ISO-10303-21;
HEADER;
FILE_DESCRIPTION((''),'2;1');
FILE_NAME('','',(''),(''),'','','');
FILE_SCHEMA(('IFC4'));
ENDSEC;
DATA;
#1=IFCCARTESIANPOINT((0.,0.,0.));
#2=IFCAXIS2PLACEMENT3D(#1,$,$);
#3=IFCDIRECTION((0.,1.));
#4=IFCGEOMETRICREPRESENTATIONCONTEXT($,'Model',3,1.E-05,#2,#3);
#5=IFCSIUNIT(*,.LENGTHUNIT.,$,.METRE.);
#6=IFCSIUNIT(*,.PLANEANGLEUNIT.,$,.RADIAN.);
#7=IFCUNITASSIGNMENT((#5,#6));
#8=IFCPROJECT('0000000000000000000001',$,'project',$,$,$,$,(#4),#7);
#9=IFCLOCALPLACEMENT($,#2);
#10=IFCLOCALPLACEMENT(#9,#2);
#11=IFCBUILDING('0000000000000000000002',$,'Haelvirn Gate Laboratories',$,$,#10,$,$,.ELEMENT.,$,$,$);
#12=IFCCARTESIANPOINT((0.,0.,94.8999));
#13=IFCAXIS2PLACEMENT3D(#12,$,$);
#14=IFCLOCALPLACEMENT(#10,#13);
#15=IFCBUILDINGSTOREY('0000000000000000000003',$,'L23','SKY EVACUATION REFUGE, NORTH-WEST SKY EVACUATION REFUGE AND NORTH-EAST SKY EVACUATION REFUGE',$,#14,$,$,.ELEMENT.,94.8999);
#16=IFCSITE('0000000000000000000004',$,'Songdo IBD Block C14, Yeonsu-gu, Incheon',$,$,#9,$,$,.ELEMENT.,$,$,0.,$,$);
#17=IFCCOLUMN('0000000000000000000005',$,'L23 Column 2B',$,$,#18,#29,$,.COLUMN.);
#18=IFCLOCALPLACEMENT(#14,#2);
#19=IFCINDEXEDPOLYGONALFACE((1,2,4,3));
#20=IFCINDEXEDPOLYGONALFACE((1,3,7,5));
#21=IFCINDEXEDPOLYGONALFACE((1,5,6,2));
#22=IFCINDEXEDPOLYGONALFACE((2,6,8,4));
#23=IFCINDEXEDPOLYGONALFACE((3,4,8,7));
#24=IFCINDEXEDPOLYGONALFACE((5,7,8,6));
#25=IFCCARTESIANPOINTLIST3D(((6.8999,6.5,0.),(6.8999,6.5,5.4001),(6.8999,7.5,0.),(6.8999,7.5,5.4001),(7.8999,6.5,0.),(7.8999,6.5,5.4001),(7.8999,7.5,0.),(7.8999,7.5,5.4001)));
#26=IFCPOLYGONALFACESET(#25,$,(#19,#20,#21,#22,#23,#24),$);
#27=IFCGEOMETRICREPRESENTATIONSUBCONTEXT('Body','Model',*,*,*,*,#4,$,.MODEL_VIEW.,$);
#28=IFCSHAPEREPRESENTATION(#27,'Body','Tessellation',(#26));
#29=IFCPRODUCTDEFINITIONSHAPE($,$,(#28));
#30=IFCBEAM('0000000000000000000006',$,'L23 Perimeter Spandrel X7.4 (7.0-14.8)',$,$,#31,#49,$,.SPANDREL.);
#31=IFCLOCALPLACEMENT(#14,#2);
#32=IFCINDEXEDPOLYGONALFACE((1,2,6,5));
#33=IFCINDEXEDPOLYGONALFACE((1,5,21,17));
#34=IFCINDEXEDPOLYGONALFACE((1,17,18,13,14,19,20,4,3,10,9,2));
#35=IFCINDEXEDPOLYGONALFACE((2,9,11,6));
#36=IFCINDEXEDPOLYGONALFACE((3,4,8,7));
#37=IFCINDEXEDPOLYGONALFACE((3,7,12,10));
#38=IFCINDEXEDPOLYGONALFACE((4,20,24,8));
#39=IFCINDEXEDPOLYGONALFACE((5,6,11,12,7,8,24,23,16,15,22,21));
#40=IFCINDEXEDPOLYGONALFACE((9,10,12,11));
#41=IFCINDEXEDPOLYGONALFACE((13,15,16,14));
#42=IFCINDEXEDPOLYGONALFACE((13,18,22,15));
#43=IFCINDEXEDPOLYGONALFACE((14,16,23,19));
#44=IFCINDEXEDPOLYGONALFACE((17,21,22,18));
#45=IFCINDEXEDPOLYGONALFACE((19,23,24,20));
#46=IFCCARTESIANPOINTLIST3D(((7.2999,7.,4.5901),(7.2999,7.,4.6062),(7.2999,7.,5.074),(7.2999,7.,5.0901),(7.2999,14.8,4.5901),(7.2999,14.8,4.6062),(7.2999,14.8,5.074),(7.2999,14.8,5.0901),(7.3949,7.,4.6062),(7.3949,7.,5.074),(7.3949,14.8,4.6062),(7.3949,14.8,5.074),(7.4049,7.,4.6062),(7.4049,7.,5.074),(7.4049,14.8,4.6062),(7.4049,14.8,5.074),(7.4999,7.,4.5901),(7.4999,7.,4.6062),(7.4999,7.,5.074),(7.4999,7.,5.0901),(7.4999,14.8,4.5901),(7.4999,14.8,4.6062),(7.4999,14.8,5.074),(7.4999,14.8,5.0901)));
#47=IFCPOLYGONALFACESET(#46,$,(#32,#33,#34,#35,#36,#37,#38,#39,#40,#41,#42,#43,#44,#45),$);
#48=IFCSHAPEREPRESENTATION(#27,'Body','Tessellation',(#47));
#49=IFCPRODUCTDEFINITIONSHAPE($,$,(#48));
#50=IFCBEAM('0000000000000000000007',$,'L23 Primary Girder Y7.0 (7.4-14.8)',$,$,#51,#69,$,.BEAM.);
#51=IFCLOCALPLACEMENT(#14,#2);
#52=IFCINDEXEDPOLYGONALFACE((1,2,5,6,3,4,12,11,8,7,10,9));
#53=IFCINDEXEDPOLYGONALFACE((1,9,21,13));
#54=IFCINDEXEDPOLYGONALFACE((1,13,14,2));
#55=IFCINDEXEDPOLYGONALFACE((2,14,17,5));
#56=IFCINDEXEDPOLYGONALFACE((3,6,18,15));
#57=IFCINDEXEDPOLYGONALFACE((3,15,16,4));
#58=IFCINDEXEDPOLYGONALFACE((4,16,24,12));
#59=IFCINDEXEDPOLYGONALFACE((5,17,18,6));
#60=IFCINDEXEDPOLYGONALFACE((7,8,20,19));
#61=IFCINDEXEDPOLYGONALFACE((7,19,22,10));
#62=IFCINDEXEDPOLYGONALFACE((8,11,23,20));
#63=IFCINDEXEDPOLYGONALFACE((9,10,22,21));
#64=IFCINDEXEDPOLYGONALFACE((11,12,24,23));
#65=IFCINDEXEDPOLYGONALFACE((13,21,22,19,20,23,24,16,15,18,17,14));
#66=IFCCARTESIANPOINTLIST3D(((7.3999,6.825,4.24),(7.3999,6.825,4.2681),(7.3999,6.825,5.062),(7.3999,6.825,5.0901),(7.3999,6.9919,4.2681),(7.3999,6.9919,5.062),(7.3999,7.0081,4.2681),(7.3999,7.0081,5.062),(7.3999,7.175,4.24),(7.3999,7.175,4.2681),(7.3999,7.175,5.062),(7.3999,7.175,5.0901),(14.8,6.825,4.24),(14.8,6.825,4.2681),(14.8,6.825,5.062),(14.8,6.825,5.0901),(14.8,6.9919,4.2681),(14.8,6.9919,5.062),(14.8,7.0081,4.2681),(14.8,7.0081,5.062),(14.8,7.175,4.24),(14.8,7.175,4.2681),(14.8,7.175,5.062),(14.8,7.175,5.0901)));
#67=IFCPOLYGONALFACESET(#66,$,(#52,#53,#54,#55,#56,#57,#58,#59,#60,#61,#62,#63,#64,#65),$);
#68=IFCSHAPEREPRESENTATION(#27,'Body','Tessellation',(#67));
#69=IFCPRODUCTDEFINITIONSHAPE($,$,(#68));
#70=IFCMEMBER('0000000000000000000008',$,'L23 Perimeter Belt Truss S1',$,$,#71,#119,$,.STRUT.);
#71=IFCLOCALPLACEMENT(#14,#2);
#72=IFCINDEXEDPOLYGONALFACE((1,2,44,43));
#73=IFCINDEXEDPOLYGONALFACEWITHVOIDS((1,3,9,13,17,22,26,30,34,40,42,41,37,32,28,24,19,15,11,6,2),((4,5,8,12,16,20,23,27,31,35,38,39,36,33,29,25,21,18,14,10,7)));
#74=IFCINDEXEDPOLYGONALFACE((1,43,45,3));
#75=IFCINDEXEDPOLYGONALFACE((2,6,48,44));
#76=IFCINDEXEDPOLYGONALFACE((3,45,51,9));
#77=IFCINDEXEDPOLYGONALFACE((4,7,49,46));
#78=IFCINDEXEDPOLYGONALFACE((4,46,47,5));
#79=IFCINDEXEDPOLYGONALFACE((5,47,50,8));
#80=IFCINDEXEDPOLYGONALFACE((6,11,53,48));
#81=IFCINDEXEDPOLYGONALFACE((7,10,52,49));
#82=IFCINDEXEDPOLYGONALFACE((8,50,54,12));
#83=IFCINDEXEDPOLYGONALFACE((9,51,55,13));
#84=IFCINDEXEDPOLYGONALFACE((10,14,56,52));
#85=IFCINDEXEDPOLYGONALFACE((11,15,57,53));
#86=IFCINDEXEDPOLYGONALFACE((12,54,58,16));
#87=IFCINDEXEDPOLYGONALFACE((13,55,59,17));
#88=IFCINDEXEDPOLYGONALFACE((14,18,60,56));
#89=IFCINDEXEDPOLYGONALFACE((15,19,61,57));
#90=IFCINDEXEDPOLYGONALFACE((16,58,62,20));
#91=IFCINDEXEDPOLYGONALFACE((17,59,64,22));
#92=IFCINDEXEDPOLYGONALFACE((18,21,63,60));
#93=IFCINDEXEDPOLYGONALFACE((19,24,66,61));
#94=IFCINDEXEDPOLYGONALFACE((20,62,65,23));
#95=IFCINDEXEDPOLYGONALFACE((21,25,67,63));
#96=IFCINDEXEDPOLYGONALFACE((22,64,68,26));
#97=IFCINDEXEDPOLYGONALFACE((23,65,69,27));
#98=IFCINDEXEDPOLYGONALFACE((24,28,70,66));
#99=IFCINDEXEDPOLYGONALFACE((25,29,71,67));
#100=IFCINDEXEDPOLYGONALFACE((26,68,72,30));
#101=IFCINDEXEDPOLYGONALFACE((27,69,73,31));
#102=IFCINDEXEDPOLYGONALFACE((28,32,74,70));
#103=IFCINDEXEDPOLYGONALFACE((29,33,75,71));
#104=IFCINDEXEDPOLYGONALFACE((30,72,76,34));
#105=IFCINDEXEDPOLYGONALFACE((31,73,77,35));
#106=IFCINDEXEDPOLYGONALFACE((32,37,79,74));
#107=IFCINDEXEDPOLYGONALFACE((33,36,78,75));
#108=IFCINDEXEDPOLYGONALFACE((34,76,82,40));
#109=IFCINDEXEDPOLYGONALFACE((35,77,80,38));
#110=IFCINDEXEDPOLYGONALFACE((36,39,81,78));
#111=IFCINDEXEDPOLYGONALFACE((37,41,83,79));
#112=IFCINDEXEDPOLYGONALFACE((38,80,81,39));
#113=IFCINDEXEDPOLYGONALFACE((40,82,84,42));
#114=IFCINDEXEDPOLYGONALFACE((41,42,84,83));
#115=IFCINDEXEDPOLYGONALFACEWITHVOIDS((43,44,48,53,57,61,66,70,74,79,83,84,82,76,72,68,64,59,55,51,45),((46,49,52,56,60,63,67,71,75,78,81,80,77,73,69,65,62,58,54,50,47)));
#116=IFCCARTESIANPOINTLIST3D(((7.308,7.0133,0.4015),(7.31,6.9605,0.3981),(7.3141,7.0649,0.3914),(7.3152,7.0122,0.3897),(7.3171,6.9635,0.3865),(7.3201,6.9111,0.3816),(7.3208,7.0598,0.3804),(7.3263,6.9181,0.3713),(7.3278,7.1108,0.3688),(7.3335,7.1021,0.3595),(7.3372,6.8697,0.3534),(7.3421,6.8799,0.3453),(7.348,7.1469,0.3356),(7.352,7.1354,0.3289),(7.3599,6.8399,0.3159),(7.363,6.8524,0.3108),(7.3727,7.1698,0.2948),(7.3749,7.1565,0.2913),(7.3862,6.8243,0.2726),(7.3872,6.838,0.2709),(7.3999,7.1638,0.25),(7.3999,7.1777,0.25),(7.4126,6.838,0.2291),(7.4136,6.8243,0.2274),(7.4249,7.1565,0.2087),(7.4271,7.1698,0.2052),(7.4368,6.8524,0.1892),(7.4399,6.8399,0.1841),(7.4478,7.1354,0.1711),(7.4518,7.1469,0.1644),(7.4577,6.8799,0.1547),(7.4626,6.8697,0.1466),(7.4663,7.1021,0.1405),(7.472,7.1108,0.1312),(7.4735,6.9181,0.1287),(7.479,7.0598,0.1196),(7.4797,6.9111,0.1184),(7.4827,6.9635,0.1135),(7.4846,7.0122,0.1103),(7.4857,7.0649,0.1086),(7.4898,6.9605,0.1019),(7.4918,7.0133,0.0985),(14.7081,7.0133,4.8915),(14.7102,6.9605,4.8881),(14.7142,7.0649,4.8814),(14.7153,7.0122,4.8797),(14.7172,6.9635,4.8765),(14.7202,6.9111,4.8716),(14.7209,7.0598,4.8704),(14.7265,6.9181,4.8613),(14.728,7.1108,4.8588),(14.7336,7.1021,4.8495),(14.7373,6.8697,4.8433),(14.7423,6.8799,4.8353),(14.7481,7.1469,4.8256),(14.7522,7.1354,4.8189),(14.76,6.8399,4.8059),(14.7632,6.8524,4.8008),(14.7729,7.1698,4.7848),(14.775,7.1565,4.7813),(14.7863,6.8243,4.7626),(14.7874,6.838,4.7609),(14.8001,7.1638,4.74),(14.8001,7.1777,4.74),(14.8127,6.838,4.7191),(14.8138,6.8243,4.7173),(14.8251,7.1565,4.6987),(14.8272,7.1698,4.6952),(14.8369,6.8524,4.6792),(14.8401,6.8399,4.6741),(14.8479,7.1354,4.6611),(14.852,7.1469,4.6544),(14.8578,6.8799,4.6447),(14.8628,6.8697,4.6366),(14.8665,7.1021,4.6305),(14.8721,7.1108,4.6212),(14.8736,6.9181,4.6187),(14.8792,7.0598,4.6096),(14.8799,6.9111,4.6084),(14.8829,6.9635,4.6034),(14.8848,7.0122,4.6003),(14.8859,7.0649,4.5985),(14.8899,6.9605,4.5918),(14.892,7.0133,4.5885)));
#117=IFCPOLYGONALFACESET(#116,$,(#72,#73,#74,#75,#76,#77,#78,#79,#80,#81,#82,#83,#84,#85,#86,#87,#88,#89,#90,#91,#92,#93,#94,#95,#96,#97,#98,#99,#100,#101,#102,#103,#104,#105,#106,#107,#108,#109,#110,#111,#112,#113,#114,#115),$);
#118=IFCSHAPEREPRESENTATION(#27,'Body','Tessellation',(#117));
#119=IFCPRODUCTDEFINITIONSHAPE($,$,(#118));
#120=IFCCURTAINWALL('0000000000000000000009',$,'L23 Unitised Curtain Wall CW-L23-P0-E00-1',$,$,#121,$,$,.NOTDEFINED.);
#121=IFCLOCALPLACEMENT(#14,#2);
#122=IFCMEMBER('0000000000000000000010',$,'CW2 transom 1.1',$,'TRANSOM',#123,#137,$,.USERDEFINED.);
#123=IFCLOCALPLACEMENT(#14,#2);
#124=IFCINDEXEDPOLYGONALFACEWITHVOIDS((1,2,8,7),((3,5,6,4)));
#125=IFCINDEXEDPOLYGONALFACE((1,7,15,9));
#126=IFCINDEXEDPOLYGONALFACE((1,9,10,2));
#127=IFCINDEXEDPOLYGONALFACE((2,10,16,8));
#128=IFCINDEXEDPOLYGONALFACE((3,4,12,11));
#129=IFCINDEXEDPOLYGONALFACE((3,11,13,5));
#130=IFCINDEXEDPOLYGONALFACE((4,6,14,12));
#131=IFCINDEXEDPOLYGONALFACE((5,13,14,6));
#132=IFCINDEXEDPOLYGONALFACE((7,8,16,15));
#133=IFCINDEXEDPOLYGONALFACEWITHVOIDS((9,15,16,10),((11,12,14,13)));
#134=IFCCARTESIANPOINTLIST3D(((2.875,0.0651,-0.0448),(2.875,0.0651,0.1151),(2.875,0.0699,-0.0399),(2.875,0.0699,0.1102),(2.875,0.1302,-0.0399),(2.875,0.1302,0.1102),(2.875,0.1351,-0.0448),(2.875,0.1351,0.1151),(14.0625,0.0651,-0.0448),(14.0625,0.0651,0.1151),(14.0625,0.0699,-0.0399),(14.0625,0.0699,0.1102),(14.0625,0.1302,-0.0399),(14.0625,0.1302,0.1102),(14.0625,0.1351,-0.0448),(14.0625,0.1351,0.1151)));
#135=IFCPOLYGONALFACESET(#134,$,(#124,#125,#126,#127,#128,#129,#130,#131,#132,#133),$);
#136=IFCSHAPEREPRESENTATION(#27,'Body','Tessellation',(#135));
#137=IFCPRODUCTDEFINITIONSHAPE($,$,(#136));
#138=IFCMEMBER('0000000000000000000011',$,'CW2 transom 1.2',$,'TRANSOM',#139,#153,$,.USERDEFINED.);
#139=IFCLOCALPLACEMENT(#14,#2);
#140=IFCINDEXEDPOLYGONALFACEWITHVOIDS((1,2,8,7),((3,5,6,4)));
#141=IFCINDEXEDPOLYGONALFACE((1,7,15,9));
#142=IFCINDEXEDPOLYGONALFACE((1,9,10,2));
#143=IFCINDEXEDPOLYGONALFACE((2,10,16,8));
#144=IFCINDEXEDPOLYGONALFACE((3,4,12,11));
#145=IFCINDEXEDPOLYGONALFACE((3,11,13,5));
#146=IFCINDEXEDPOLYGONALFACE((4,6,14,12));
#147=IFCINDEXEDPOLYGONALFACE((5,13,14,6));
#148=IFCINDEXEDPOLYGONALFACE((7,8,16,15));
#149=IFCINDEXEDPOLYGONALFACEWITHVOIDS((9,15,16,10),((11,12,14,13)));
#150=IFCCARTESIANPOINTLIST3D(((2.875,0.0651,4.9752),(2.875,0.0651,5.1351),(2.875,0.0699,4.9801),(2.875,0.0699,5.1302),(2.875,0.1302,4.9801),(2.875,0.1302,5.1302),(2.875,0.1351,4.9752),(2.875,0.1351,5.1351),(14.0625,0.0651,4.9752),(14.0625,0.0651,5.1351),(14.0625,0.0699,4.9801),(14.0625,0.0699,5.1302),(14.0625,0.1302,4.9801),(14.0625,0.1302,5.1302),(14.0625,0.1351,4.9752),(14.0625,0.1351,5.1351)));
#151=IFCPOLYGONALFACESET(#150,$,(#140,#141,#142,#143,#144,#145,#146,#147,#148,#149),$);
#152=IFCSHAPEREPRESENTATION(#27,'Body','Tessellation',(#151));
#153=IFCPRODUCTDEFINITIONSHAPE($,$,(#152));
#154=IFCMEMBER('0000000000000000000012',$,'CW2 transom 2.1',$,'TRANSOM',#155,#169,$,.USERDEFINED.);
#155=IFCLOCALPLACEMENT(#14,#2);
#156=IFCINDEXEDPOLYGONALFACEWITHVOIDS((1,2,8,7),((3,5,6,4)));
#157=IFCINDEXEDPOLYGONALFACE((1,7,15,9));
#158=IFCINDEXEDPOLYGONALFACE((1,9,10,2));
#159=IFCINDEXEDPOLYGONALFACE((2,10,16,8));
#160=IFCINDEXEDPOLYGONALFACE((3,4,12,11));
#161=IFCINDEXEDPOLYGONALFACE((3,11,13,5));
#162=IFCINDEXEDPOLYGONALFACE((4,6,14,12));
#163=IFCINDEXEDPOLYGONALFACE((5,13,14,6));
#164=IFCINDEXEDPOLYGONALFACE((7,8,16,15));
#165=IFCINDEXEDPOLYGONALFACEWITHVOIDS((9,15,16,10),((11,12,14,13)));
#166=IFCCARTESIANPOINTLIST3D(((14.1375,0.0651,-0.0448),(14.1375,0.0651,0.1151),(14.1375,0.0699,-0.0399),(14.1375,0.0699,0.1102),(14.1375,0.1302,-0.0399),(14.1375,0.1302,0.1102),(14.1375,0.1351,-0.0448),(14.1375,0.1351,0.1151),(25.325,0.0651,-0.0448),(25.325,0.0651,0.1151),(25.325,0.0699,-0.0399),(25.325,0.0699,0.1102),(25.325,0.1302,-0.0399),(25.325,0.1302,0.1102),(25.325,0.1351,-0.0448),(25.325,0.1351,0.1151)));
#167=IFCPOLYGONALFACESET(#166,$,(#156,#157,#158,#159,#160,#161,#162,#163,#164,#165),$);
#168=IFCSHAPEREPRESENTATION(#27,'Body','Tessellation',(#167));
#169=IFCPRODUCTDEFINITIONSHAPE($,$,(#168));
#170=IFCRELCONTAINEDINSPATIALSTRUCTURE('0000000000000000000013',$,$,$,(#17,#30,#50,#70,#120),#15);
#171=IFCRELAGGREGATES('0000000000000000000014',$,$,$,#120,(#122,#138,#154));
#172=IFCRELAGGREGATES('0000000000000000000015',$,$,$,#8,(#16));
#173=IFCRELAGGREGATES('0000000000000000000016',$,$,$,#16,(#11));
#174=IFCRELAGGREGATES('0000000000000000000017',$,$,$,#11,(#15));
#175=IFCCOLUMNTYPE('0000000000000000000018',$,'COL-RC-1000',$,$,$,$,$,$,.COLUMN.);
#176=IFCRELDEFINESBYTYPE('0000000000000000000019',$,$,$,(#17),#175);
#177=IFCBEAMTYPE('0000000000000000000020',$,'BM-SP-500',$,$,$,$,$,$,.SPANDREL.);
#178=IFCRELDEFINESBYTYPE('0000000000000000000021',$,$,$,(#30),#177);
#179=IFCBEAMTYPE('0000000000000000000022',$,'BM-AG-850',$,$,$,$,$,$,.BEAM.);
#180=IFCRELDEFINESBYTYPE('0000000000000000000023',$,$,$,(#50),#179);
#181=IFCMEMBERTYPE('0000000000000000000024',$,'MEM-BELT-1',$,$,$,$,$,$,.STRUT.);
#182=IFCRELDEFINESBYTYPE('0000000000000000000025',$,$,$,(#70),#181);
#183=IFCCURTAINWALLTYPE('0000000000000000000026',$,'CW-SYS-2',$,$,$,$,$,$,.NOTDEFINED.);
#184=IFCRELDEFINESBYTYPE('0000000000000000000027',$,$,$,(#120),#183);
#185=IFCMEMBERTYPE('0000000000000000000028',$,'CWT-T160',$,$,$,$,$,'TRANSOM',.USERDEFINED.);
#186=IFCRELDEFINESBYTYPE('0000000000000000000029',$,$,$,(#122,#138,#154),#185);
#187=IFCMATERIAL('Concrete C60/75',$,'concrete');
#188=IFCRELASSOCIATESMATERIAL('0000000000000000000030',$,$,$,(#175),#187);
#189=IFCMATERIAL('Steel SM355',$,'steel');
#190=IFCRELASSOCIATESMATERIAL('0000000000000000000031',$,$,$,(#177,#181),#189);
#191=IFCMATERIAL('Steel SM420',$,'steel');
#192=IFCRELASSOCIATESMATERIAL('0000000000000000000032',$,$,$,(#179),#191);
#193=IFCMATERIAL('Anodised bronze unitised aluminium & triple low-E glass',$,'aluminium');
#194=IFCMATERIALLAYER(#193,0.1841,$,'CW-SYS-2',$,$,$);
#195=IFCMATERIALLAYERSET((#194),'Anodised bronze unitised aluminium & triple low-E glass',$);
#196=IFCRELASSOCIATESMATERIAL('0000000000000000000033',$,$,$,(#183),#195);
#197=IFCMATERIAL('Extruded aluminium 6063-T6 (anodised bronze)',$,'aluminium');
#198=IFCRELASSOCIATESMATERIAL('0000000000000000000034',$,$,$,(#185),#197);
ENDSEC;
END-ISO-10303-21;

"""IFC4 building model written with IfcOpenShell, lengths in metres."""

from ifc_helpers import new_model, si_unit, direction, frame, origin, origin_2d, place, context, subcontext, project, spatial, rectangle, hollow_rectangle, hollow_circle, i_section, extrude, source, transform, mapped, material, layer, layer_set, material_profile, profile_set, type_object, type_shapes, element, aggregate, save


model = new_model("IFC4")

# Units and contexts
model_context = context("Model", 3, precision=1e-05, world=origin(), true_north=direction((0.0, 1.0)))
body_context = subcontext(model_context, "Body", "Model", "MODEL_VIEW")
ifc_project = project(units=[si_unit("LENGTHUNIT", "METRE"), si_unit("PLANEANGLEUNIT", "RADIAN")], contexts=[model_context])

# Site, building, storey
site_placement = place(None, origin())
site = spatial("IfcSite", under=ifc_project, at=site_placement, Name="Songdo IBD Block C14, Yeonsu-gu, Incheon", CompositionType="ELEMENT", RefElevation=0.0)
building_placement = place(site_placement, origin())
building = spatial("IfcBuilding", under=site, at=building_placement, Name="Haelvirn Gate Laboratories", CompositionType="ELEMENT")
storey_placement = place(building_placement, frame((0.0, 0.0, 94.8999)))
storey = spatial("IfcBuildingStorey", under=building, at=storey_placement, Name="L23", Description="SKY EVACUATION REFUGE, NORTH-WEST SKY EVACUATION REFUGE AND NORTH-EAST SKY EVACUATION REFUGE", CompositionType="ELEMENT", Elevation=94.8999)

# Column
ifc_material_1 = material(Name="Concrete C60/75", Category="concrete")
ifc_material_profile_1 = material_profile(ifc_material_1, rectangle(XDim=1.0, YDim=1.0, at=origin_2d()), Name="RC-1000x1000")
ifc_profile_set_1 = profile_set([ifc_material_profile_1], Name="Concrete C60/75")
column_type = type_object("IfcColumnType", Name="COL-RC-1000", PredefinedType="COLUMN", material=ifc_profile_set_1)
shared_shape_1 = source(origin(), body_context, "Body", "SweptSolid", [
    extrude(rectangle(XDim=1.0, YDim=1.0, at=origin_2d()), origin(), (0.0, 0.0, 1.0), 5.4001),
])
type_shapes(column_type, [shared_shape_1])
column_placement = place(storey_placement, frame((7.3999, 7.0, 0.0), z_axis=(0.0, 0.0, 1.0), x_axis=(1.0, 0.0, 0.0)))
element("IfcColumn", 1, at=column_placement, inside=storey, type_object=column_type, Name="L23 Column 2B", PredefinedType="COLUMN", context=body_context, shape_type="MappedRepresentation", body=[
    mapped(shared_shape_1, transform((0.0, 0.0, 0.0), scale=1.0)),
])

# Beams
ifc_material_2 = material(Name="Steel SM355", Category="steel")
ifc_material_profile_2 = material_profile(ifc_material_2, i_section(OverallWidth=0.2, OverallDepth=0.5, WebThickness=0.01, FlangeThickness=0.0161, at=origin_2d()), Name="H-500x200x10x16")
ifc_profile_set_2 = profile_set([ifc_material_profile_2], Name="Steel SM355")
beam_type_1 = type_object("IfcBeamType", Name="BM-SP-500", PredefinedType="SPANDREL", material=ifc_profile_set_2)
shared_shape_2 = source(origin(), body_context, "Body", "SweptSolid", [
    extrude(i_section(OverallWidth=0.2, OverallDepth=0.5, WebThickness=0.01, FlangeThickness=0.0161, at=origin_2d()), origin(), (0.0, 0.0, 1.0), 7.8),
])
type_shapes(beam_type_1, [shared_shape_2])
beam_1_placement = place(storey_placement, frame((7.3999, 7.0, 4.8401), z_axis=(0.0, 1.0, 0.0), x_axis=(-1.0, 0.0, 0.0)))
element("IfcBeam", 2, at=beam_1_placement, inside=storey, type_object=beam_type_1, Name="L23 Perimeter Spandrel X7.4 (7.0-14.8)", PredefinedType="SPANDREL", context=body_context, shape_type="MappedRepresentation", body=[
    mapped(shared_shape_2, transform((0.0, 0.0, 0.0), scale=1.0)),
])
ifc_material_3 = material(Name="Steel SM420", Category="steel")
ifc_material_profile_3 = material_profile(ifc_material_3, i_section(OverallWidth=0.3501, OverallDepth=0.8501, WebThickness=0.0161, FlangeThickness=0.0281, at=origin_2d()), Name="H-850x350x16x28")
ifc_profile_set_3 = profile_set([ifc_material_profile_3], Name="Steel SM420")
beam_type_2 = type_object("IfcBeamType", Name="BM-AG-850", PredefinedType="BEAM", material=ifc_profile_set_3)
shared_shape_3 = source(origin(), body_context, "Body", "SweptSolid", [
    extrude(i_section(OverallWidth=0.3501, OverallDepth=0.8501, WebThickness=0.0161, FlangeThickness=0.0281, at=origin_2d()), origin(), (0.0, 0.0, 1.0), 7.4001),
])
type_shapes(beam_type_2, [shared_shape_3])
beam_2_placement = place(storey_placement, frame((7.3999, 7.0, 4.665), z_axis=(1.0, 0.0, 0.0), x_axis=(0.0, 1.0, 0.0)))
element("IfcBeam", 3, at=beam_2_placement, inside=storey, type_object=beam_type_2, Name="L23 Primary Girder Y7.0 (7.4-14.8)", PredefinedType="BEAM", context=body_context, shape_type="MappedRepresentation", body=[
    mapped(shared_shape_3, transform((0.0, 0.0, 0.0), scale=1.0)),
])

# Member
ifc_material_profile_4 = material_profile(ifc_material_2, hollow_circle(Radius=0.1777, WallThickness=0.0139, at=origin_2d()), Name="CHS-355x14")
ifc_profile_set_4 = profile_set([ifc_material_profile_4], Name="Steel SM355")
member_type_1 = type_object("IfcMemberType", Name="MEM-BELT-1", PredefinedType="STRUT", material=ifc_profile_set_4)
shared_shape_4 = source(origin(), body_context, "Body", "SweptSolid", [
    extrude(hollow_circle(Radius=0.1777, WallThickness=0.0139, at=origin_2d()), origin(), (0.0, 0.0, 1.0), 8.6558),
])
type_shapes(member_type_1, [shared_shape_4])
member_1_placement = place(storey_placement, frame((7.3999, 7.0, 0.25), z_axis=(0.854939, 0.0, 0.518729), x_axis=(0.0, 1.0, 0.0)))
element("IfcMember", 4, at=member_1_placement, inside=storey, type_object=member_type_1, Name="L23 Perimeter Belt Truss S1", PredefinedType="STRUT", context=body_context, shape_type="MappedRepresentation", body=[
    mapped(shared_shape_4, transform((0.0, 0.0, 0.0), scale=1.0)),
])

# Curtain wall, members
ifc_material_4 = material(Name="Anodised bronze unitised aluminium & triple low-E glass", Category="aluminium")
ifc_layer_1 = layer(ifc_material_4, 0.1841, Name="CW-SYS-2")
ifc_layer_set_1 = layer_set([ifc_layer_1], Name="Anodised bronze unitised aluminium & triple low-E glass")
curtain_wall_type_1 = type_object("IfcCurtainWallType", Name="CW-SYS-2", PredefinedType="NOTDEFINED", material=ifc_layer_set_1)
curtain_wall_1_placement = place(storey_placement, origin())
curtain_wall_1 = element("IfcCurtainWall", 5, at=curtain_wall_1_placement, inside=storey, type_object=curtain_wall_type_1, Name="L23 Unitised Curtain Wall CW-L23-P0-E00-1", PredefinedType="NOTDEFINED")
ifc_material_5 = material(Name="Extruded aluminium 6063-T6 (anodised bronze)", Category="aluminium")
ifc_material_profile_5 = material_profile(ifc_material_5, hollow_rectangle(XDim=0.0701, YDim=0.1599, WallThickness=0.0049, at=origin_2d()), Name="CWT-160x70x5")
ifc_profile_set_5 = profile_set([ifc_material_profile_5], Name="Extruded aluminium 6063-T6 (anodised bronze)")
member_type_2 = type_object("IfcMemberType", Name="CWT-T160", ElementType="TRANSOM", PredefinedType="USERDEFINED", material=ifc_profile_set_5)
shared_shape_5 = source(origin(), body_context, "Body", "SweptSolid", [
    extrude(hollow_rectangle(XDim=0.0701, YDim=0.1599, WallThickness=0.0049, at=origin_2d()), origin(), (0.0, 0.0, 1.0), 11.1875),
])
type_shapes(member_type_2, [shared_shape_5])
member_2_placement = place(storey_placement, frame((2.875, 0.1001, 0.0352), z_axis=(1.0, 0.0, 0.0), x_axis=(0.0, 1.0, 0.0)))
member_2 = element("IfcMember", 6, at=member_2_placement, type_object=member_type_2, Name="CW2 transom 1.1", ObjectType="TRANSOM", PredefinedType="USERDEFINED", context=body_context, shape_type="MappedRepresentation", body=[
    mapped(shared_shape_5, transform((0.0, 0.0, 0.0), scale=1.0)),
])
member_3_placement = place(storey_placement, frame((2.875, 0.1001, 5.0552), z_axis=(1.0, 0.0, 0.0), x_axis=(0.0, 1.0, 0.0)))
member_3 = element("IfcMember", 7, at=member_3_placement, type_object=member_type_2, Name="CW2 transom 1.2", ObjectType="TRANSOM", PredefinedType="USERDEFINED", context=body_context, shape_type="MappedRepresentation", body=[
    mapped(shared_shape_5, transform((0.0, 0.0, 0.0), scale=1.0)),
])
member_4_placement = place(storey_placement, frame((14.1375, 0.1001, 0.0352), z_axis=(1.0, 0.0, 0.0), x_axis=(0.0, 1.0, 0.0)))
member_4 = element("IfcMember", 8, at=member_4_placement, type_object=member_type_2, Name="CW2 transom 2.1", ObjectType="TRANSOM", PredefinedType="USERDEFINED", context=body_context, shape_type="MappedRepresentation", body=[
    mapped(shared_shape_5, transform((0.0, 0.0, 0.0), scale=1.0)),
])

aggregate(curtain_wall_1, [member_2, member_3, member_4])

save(model, "model.ifc")
